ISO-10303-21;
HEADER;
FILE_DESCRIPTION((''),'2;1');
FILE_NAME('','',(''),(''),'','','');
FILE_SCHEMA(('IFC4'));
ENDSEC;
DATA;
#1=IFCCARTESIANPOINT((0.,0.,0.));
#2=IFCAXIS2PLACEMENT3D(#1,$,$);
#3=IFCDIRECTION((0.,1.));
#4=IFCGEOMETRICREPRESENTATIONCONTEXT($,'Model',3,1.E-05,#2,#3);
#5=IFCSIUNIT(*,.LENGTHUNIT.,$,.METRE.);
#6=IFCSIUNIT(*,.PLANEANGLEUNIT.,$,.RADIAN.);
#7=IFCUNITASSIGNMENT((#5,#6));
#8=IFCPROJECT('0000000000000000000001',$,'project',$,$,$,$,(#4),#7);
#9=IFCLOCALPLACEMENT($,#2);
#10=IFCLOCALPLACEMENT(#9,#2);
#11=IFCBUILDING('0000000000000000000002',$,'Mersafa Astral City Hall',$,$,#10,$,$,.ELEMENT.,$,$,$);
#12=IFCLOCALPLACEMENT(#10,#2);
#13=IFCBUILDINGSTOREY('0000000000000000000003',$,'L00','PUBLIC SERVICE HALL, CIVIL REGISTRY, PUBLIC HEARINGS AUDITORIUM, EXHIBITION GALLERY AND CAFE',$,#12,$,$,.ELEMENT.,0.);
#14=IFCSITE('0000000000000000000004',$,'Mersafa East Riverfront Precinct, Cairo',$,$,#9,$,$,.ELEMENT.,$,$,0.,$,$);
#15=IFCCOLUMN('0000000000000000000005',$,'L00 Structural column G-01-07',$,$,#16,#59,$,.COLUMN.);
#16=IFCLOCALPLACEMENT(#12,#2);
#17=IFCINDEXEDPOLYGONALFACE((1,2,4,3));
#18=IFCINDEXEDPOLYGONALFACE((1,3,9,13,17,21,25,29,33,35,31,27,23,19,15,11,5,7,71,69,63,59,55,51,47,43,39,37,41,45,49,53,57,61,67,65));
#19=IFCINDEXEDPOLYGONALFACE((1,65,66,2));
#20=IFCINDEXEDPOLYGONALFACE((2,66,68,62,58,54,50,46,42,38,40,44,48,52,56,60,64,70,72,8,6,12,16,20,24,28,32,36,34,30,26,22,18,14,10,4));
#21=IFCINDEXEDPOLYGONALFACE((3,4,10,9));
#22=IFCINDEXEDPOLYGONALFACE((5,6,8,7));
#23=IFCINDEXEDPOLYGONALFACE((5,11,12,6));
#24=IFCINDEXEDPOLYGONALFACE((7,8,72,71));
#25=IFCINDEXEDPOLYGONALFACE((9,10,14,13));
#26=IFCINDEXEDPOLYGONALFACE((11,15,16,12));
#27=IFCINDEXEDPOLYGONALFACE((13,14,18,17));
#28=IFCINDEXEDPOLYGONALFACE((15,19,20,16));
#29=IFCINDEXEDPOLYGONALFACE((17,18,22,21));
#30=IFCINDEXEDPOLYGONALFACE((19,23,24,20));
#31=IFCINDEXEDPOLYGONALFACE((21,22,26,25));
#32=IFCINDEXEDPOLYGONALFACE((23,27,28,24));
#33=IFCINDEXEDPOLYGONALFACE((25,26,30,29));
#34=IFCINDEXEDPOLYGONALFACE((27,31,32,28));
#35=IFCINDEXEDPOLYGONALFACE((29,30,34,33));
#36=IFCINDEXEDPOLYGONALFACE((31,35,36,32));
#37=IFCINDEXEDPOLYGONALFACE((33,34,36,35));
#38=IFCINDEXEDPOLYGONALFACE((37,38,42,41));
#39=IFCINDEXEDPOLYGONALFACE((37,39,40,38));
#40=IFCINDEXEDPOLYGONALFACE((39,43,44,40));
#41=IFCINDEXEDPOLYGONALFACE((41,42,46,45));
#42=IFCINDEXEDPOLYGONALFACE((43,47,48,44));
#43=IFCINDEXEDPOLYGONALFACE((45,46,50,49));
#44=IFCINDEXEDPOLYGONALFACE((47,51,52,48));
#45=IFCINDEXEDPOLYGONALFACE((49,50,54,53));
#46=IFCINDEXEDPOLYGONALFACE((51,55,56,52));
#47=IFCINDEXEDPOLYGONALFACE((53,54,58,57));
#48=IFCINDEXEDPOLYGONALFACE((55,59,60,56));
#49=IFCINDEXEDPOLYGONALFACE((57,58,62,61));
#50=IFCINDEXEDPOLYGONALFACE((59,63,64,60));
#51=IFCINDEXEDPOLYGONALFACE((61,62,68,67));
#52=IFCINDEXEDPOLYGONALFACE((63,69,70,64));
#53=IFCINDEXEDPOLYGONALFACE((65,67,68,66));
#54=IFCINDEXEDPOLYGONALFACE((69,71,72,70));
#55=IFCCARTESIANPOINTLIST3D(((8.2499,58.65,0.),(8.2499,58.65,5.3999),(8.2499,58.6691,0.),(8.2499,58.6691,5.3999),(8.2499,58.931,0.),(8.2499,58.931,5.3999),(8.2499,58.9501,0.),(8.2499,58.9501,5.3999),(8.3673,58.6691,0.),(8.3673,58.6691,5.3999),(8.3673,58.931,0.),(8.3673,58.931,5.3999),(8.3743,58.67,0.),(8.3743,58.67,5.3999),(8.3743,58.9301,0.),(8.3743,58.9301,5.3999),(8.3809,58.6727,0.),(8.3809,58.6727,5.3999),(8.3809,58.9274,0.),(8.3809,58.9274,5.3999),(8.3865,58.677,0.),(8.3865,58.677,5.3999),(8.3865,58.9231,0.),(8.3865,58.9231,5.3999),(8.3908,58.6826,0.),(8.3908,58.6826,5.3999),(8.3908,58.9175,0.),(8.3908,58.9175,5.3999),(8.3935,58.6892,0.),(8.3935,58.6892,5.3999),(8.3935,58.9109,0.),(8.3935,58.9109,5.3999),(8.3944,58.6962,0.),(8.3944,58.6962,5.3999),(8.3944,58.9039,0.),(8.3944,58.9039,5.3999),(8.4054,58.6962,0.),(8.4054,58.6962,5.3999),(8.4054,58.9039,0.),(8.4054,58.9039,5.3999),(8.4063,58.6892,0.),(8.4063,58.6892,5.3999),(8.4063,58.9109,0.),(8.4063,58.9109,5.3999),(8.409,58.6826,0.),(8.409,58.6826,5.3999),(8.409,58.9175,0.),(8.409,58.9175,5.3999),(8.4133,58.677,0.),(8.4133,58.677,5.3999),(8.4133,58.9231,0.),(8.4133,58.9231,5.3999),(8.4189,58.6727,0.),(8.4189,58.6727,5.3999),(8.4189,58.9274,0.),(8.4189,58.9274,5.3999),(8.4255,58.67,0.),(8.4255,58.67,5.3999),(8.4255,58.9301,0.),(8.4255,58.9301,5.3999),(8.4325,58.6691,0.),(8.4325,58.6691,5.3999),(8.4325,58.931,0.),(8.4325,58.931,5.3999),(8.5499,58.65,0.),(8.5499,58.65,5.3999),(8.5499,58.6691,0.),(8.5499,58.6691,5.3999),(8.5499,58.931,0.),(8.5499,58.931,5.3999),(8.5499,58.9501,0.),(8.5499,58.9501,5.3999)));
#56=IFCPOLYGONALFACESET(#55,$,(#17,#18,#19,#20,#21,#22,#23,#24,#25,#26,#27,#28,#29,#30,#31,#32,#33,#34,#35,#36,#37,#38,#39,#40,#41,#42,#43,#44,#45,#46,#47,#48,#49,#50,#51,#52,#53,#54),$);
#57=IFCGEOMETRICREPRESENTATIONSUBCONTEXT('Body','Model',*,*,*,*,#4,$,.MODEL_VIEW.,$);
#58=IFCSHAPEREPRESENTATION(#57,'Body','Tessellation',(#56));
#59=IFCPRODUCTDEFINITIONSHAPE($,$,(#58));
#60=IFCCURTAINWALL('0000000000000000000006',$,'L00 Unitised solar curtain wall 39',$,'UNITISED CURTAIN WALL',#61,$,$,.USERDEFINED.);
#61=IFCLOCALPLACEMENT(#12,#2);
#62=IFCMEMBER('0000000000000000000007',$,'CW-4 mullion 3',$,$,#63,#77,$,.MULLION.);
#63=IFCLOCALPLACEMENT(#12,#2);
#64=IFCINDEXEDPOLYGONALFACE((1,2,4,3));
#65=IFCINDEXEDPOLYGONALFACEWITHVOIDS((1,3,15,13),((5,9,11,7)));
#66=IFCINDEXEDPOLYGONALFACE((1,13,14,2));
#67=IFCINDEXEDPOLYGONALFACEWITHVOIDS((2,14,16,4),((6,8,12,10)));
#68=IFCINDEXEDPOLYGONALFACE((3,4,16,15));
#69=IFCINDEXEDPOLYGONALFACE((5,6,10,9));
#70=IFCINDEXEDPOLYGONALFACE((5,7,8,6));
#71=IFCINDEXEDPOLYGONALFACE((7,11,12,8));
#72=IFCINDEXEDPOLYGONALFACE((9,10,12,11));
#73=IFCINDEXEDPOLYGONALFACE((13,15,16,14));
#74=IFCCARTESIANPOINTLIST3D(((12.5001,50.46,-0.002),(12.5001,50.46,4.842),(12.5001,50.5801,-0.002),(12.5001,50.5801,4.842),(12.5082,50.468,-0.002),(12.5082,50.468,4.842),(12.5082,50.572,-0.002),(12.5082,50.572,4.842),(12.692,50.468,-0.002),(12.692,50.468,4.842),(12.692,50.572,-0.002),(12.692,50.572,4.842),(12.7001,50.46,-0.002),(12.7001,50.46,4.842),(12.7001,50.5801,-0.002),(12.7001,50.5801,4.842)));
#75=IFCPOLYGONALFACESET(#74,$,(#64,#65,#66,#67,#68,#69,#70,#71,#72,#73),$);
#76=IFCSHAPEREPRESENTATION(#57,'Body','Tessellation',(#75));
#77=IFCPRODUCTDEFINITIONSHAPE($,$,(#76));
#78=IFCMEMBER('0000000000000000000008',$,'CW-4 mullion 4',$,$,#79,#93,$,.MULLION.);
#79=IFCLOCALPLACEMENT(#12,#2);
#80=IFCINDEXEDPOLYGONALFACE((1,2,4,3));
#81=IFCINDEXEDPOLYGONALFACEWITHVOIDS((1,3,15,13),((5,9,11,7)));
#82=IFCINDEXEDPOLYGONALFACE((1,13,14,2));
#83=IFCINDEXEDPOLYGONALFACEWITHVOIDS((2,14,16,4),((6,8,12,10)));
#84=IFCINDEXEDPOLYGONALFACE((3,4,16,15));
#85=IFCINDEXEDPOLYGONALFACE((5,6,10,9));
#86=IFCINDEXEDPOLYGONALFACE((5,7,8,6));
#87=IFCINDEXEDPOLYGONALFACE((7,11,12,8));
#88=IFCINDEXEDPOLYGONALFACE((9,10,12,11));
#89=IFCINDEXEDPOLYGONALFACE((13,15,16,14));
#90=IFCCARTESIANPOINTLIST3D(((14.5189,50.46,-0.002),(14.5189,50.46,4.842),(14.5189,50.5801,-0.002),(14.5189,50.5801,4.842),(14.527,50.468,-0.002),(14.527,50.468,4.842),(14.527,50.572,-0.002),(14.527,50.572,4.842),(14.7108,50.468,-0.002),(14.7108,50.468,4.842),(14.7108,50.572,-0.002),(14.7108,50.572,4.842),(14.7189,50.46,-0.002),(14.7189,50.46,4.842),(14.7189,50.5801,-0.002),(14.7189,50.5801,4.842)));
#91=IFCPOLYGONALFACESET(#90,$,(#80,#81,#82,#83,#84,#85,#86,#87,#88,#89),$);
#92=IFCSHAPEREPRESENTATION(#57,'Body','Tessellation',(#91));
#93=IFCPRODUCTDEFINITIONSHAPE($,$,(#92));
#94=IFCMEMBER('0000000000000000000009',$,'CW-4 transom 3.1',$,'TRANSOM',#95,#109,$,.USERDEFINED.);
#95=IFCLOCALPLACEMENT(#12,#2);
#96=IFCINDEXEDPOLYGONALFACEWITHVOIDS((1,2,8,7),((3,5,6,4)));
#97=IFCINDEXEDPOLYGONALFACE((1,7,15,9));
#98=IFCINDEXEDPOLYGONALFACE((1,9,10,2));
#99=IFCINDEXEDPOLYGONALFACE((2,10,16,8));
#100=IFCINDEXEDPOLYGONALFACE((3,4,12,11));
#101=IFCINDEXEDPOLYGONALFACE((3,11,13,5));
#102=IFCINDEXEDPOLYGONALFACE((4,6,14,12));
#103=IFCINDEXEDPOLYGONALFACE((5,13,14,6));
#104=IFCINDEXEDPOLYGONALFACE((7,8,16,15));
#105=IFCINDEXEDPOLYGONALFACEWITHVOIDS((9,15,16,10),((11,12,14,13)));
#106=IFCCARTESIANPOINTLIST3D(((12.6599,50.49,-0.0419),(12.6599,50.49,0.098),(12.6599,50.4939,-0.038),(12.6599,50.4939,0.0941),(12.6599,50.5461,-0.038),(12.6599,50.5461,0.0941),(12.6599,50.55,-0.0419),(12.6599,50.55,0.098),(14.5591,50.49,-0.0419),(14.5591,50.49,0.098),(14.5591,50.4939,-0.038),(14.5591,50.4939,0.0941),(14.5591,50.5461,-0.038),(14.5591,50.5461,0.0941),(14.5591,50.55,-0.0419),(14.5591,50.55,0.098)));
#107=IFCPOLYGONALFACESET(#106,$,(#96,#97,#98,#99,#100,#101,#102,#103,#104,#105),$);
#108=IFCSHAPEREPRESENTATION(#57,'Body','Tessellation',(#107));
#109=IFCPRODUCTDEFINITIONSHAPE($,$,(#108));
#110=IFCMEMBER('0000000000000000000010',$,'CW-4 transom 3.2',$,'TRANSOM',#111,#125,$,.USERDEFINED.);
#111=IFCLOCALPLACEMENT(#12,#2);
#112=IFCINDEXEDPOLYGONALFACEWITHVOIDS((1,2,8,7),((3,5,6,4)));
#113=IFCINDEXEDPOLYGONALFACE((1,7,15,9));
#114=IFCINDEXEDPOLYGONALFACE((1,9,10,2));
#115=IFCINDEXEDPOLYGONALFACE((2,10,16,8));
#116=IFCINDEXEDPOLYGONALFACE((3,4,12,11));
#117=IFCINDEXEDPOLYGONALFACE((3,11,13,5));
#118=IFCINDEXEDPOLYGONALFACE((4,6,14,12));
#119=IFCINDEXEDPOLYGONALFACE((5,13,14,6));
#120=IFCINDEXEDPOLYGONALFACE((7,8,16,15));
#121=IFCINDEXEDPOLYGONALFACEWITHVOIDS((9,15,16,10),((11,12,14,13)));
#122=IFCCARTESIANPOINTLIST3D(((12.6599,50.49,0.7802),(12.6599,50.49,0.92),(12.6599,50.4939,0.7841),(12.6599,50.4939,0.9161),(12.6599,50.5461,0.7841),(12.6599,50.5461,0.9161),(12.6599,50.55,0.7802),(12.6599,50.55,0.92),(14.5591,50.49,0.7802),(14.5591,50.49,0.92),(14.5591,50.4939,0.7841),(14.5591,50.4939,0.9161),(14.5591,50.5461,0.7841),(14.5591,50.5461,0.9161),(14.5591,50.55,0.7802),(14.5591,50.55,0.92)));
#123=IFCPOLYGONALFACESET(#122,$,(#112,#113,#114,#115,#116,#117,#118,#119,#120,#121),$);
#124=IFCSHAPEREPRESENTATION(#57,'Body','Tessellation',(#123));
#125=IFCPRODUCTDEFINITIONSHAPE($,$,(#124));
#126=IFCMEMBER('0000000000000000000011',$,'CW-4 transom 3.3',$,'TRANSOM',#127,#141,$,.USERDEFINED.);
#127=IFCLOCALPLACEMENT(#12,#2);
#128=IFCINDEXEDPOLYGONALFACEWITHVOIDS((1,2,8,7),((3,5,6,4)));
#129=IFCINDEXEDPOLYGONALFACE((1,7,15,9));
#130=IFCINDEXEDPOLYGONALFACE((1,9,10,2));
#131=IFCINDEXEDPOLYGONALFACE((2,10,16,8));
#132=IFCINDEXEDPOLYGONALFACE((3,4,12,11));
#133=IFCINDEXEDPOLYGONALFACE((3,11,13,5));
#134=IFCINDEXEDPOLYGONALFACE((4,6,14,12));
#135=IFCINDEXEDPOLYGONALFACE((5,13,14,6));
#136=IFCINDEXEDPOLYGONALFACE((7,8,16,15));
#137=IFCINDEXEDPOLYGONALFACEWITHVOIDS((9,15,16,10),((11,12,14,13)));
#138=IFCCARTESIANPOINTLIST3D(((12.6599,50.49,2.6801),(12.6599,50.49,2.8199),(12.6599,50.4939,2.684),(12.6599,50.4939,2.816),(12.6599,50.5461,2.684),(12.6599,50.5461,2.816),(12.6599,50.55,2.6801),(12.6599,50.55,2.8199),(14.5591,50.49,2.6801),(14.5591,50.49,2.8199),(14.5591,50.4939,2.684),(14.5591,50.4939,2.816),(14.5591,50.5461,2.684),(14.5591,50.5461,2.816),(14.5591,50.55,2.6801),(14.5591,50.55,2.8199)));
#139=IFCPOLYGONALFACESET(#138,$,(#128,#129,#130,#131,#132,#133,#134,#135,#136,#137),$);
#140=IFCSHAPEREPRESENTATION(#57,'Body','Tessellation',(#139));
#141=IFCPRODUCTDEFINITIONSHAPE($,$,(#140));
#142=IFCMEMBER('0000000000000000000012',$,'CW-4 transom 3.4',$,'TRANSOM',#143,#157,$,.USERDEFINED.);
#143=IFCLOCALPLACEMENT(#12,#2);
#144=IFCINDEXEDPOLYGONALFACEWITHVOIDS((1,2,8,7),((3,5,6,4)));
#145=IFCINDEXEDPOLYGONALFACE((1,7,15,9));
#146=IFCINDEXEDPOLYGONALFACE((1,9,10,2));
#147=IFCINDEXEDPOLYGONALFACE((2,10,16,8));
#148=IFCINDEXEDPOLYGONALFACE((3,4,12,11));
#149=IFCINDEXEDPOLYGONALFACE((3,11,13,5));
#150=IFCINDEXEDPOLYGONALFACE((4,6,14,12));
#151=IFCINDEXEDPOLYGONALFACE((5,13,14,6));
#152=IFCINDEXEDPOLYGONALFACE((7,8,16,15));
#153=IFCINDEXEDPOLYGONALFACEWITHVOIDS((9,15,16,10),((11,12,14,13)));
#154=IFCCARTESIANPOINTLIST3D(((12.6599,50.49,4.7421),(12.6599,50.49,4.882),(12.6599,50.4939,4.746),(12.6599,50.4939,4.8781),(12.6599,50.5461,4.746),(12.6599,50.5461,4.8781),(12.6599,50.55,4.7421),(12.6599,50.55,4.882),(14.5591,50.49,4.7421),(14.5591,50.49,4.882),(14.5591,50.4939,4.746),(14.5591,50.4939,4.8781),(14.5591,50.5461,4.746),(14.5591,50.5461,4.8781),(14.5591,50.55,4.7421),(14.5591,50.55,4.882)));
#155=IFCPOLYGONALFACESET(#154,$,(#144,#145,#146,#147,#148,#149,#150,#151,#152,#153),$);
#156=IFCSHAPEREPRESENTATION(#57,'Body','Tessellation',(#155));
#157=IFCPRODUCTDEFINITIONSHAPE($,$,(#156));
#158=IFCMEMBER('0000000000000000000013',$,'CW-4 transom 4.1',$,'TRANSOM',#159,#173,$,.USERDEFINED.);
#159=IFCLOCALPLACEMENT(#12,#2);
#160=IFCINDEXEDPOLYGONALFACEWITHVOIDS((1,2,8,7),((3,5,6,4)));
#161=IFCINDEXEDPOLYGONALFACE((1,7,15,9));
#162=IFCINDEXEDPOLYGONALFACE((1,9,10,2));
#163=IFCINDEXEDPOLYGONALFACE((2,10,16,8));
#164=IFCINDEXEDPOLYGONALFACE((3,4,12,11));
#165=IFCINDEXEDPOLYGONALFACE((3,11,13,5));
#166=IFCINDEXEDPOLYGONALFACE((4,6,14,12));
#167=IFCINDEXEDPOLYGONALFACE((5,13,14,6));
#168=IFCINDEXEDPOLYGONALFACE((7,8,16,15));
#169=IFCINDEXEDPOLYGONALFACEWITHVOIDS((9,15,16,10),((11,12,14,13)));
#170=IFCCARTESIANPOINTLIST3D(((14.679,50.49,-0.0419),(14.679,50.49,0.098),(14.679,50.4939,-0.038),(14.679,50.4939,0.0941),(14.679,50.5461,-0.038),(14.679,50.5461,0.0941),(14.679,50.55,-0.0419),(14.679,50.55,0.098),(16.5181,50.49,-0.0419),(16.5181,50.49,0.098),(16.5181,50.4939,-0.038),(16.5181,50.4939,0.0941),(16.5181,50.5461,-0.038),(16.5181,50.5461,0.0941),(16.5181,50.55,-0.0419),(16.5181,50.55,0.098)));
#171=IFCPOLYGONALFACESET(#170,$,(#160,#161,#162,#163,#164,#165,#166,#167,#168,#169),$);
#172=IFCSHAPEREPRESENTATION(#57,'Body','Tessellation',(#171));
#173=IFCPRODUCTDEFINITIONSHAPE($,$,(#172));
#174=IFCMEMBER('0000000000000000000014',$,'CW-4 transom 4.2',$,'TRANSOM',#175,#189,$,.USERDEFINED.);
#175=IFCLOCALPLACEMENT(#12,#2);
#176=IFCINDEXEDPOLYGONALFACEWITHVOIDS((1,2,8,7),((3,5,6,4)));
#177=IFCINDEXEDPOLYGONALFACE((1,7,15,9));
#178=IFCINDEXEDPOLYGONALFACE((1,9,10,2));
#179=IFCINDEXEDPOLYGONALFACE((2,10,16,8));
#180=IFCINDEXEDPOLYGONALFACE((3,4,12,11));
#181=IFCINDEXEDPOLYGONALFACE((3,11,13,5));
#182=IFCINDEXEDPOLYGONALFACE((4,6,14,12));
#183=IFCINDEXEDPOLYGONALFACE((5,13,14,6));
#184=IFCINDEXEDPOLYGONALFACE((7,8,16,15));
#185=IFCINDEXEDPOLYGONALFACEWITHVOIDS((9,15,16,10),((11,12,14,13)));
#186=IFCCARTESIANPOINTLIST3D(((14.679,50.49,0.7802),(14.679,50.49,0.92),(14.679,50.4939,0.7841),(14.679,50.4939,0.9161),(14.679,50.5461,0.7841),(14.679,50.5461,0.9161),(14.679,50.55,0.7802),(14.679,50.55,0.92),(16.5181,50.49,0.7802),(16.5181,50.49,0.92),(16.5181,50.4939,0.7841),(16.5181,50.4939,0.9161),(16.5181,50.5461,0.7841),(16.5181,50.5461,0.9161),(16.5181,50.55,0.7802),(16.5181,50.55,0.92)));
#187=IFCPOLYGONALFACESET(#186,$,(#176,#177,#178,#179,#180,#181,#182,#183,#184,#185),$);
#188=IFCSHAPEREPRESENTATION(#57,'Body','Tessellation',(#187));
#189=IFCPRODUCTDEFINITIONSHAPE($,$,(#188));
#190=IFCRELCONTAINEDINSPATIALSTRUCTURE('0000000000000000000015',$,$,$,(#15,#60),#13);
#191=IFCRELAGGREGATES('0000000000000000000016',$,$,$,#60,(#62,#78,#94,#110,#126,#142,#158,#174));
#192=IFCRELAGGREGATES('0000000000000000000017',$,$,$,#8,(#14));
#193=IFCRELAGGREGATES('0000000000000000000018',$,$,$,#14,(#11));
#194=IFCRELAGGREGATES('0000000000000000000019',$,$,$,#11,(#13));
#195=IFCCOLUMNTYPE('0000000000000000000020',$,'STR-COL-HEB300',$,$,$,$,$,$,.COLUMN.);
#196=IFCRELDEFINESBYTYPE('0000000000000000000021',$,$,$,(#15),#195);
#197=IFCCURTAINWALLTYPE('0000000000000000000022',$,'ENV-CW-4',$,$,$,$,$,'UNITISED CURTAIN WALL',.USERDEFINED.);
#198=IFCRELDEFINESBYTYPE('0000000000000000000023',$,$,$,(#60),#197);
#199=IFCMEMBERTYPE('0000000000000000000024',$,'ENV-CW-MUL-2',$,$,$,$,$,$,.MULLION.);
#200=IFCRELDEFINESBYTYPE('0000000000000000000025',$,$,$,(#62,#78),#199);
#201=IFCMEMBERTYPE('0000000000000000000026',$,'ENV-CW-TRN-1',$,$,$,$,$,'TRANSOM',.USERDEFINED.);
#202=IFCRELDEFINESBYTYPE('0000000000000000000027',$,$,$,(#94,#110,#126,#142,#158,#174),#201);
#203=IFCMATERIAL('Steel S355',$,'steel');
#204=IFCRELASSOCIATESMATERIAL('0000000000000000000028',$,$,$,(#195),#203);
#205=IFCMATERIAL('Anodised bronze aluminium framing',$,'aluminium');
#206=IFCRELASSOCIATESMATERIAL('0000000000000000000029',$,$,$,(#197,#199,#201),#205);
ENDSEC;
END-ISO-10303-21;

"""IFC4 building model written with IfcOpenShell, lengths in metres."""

from ifc_helpers import new_model, si_unit, direction, frame, origin, origin_2d, place, context, subcontext, project, spatial, hollow_rectangle, i_section, extrude, material, material_profile, profile_set, type_object, element, aggregate, save


model = new_model("IFC4")

# Units and contexts
model_context = context("Model", 3, precision=1e-05, world=origin(), true_north=direction((0.0, 1.0)))
body_context = subcontext(model_context, "Body", "Model", "MODEL_VIEW")
ifc_project = project(units=[si_unit("LENGTHUNIT", "METRE"), si_unit("PLANEANGLEUNIT", "RADIAN")], contexts=[model_context])

# Site, building, storey
site_placement = place(None, origin())
site = spatial("IfcSite", under=ifc_project, at=site_placement, Name="Mersafa East Riverfront Precinct, Cairo", CompositionType="ELEMENT", RefElevation=0.0)
building_placement = place(site_placement, origin())
building = spatial("IfcBuilding", under=site, at=building_placement, Name="Mersafa Astral City Hall", CompositionType="ELEMENT")
storey_placement = place(building_placement, origin())
storey = spatial("IfcBuildingStorey", under=building, at=storey_placement, Name="L00", Description="PUBLIC SERVICE HALL, CIVIL REGISTRY, PUBLIC HEARINGS AUDITORIUM, EXHIBITION GALLERY AND CAFE", CompositionType="ELEMENT", Elevation=0.0)

# Column
ifc_material_1 = material(Name="Steel S355", Category="steel")
ifc_material_profile_1 = material_profile(ifc_material_1, i_section(OverallWidth=0.3, OverallDepth=0.3, WebThickness=0.011, FlangeThickness=0.019, FilletRadius=0.0271, at=origin_2d()), Name="HEB 300")
ifc_profile_set_1 = profile_set([ifc_material_profile_1], Name="Steel S355")
column_type = type_object("IfcColumnType", Name="STR-COL-HEB300", PredefinedType="COLUMN", material=ifc_profile_set_1)
column_placement = place(storey_placement, frame((8.3999, 58.8, 0.0), z_axis=(0.0, 0.0, 1.0), x_axis=(1.0, 0.0, 0.0)))
element("IfcColumn", 1, at=column_placement, inside=storey, type_object=column_type, Name="L00 Structural column G-01-07", PredefinedType="COLUMN", context=body_context, shape_type="SweptSolid", body=[
    extrude(i_section(OverallWidth=0.3, OverallDepth=0.3, WebThickness=0.011, FlangeThickness=0.019, FilletRadius=0.0271, at=origin_2d()), origin(), (0.0, 0.0, 1.0), 5.3999),
])

# Curtain wall, members
ifc_material_2 = material(Name="Anodised bronze aluminium framing", Category="aluminium")
curtain_wall_type = type_object("IfcCurtainWallType", Name="ENV-CW-4", ElementType="UNITISED CURTAIN WALL", PredefinedType="USERDEFINED", material=ifc_material_2)
curtain_wall_placement = place(storey_placement, origin())
curtain_wall = element("IfcCurtainWall", 2, at=curtain_wall_placement, inside=storey, type_object=curtain_wall_type, Name="L00 Unitised solar curtain wall 39", ObjectType="UNITISED CURTAIN WALL", PredefinedType="USERDEFINED")
ifc_material_profile_2 = material_profile(ifc_material_2, hollow_rectangle(XDim=0.1201, YDim=0.2, WallThickness=0.0081, at=origin_2d()), Name="RHS 120x200x8")
ifc_profile_set_2 = profile_set([ifc_material_profile_2], Name="Anodised bronze aluminium framing")
member_type_1 = type_object("IfcMemberType", Name="ENV-CW-MUL-2", PredefinedType="MULLION", material=ifc_profile_set_2)
member_1_placement = place(storey_placement, frame((12.6001, 50.52, -0.002), z_axis=(0.0, 0.0, 1.0), x_axis=(0.0, 1.0, 0.0)))
member_1 = element("IfcMember", 3, at=member_1_placement, type_object=member_type_1, Name="CW-4 mullion 3", PredefinedType="MULLION", context=body_context, shape_type="SweptSolid", body=[
    extrude(hollow_rectangle(XDim=0.1201, YDim=0.2, WallThickness=0.0081, at=origin_2d()), origin(), (0.0, 0.0, 1.0), 4.844),
])
member_2_placement = place(storey_placement, frame((14.6189, 50.52, -0.002), z_axis=(0.0, 0.0, 1.0), x_axis=(0.0, 1.0, 0.0)))
member_2 = element("IfcMember", 4, at=member_2_placement, type_object=member_type_1, Name="CW-4 mullion 4", PredefinedType="MULLION", context=body_context, shape_type="SweptSolid", body=[
    extrude(hollow_rectangle(XDim=0.1201, YDim=0.2, WallThickness=0.0081, at=origin_2d()), origin(), (0.0, 0.0, 1.0), 4.844),
])
ifc_material_profile_3 = material_profile(ifc_material_2, hollow_rectangle(XDim=0.0601, YDim=0.1399, WallThickness=0.0039, at=origin_2d()), Name="RHS 60x140x4")
ifc_profile_set_3 = profile_set([ifc_material_profile_3], Name="Anodised bronze aluminium framing")
member_type_2 = type_object("IfcMemberType", Name="ENV-CW-TRN-1", ElementType="TRANSOM", PredefinedType="USERDEFINED", material=ifc_profile_set_3)
member_3_placement = place(storey_placement, frame((12.6599, 50.52, 0.0281), z_axis=(1.0, 0.0, 0.0), x_axis=(0.0, 1.0, 0.0)))
member_3 = element("IfcMember", 5, at=member_3_placement, type_object=member_type_2, Name="CW-4 transom 3.1", ObjectType="TRANSOM", PredefinedType="USERDEFINED", context=body_context, shape_type="SweptSolid", body=[
    extrude(hollow_rectangle(XDim=0.0601, YDim=0.1399, WallThickness=0.0039, at=origin_2d()), origin(), (0.0, 0.0, 1.0), 1.8992),
])
member_4_placement = place(storey_placement, frame((12.6599, 50.52, 0.8501), z_axis=(1.0, 0.0, 0.0), x_axis=(0.0, 1.0, 0.0)))
member_4 = element("IfcMember", 6, at=member_4_placement, type_object=member_type_2, Name="CW-4 transom 3.2", ObjectType="TRANSOM", PredefinedType="USERDEFINED", context=body_context, shape_type="SweptSolid", body=[
    extrude(hollow_rectangle(XDim=0.0601, YDim=0.1399, WallThickness=0.0039, at=origin_2d()), origin(), (0.0, 0.0, 1.0), 1.8992),
])
member_5_placement = place(storey_placement, frame((12.6599, 50.52, 2.75), z_axis=(1.0, 0.0, 0.0), x_axis=(0.0, 1.0, 0.0)))
member_5 = element("IfcMember", 7, at=member_5_placement, type_object=member_type_2, Name="CW-4 transom 3.3", ObjectType="TRANSOM", PredefinedType="USERDEFINED", context=body_context, shape_type="SweptSolid", body=[
    extrude(hollow_rectangle(XDim=0.0601, YDim=0.1399, WallThickness=0.0039, at=origin_2d()), origin(), (0.0, 0.0, 1.0), 1.8992),
])
member_6_placement = place(storey_placement, frame((12.6599, 50.52, 4.812), z_axis=(1.0, 0.0, 0.0), x_axis=(0.0, 1.0, 0.0)))
member_6 = element("IfcMember", 8, at=member_6_placement, type_object=member_type_2, Name="CW-4 transom 3.4", ObjectType="TRANSOM", PredefinedType="USERDEFINED", context=body_context, shape_type="SweptSolid", body=[
    extrude(hollow_rectangle(XDim=0.0601, YDim=0.1399, WallThickness=0.0039, at=origin_2d()), origin(), (0.0, 0.0, 1.0), 1.8992),
])
member_7_placement = place(storey_placement, frame((14.679, 50.52, 0.0281), z_axis=(1.0, 0.0, 0.0), x_axis=(0.0, 1.0, 0.0)))
member_7 = element("IfcMember", 9, at=member_7_placement, type_object=member_type_2, Name="CW-4 transom 4.1", ObjectType="TRANSOM", PredefinedType="USERDEFINED", context=body_context, shape_type="SweptSolid", body=[
    extrude(hollow_rectangle(XDim=0.0601, YDim=0.1399, WallThickness=0.0039, at=origin_2d()), origin(), (0.0, 0.0, 1.0), 1.8391),
])
member_8_placement = place(storey_placement, frame((14.679, 50.52, 0.8501), z_axis=(1.0, 0.0, 0.0), x_axis=(0.0, 1.0, 0.0)))
member_8 = element("IfcMember", 10, at=member_8_placement, type_object=member_type_2, Name="CW-4 transom 4.2", ObjectType="TRANSOM", PredefinedType="USERDEFINED", context=body_context, shape_type="SweptSolid", body=[
    extrude(hollow_rectangle(XDim=0.0601, YDim=0.1399, WallThickness=0.0039, at=origin_2d()), origin(), (0.0, 0.0, 1.0), 1.8391),
])

aggregate(curtain_wall, [member_1, member_2, member_3, member_4, member_5, member_6, member_7, member_8])

save(model, "model.ifc")
